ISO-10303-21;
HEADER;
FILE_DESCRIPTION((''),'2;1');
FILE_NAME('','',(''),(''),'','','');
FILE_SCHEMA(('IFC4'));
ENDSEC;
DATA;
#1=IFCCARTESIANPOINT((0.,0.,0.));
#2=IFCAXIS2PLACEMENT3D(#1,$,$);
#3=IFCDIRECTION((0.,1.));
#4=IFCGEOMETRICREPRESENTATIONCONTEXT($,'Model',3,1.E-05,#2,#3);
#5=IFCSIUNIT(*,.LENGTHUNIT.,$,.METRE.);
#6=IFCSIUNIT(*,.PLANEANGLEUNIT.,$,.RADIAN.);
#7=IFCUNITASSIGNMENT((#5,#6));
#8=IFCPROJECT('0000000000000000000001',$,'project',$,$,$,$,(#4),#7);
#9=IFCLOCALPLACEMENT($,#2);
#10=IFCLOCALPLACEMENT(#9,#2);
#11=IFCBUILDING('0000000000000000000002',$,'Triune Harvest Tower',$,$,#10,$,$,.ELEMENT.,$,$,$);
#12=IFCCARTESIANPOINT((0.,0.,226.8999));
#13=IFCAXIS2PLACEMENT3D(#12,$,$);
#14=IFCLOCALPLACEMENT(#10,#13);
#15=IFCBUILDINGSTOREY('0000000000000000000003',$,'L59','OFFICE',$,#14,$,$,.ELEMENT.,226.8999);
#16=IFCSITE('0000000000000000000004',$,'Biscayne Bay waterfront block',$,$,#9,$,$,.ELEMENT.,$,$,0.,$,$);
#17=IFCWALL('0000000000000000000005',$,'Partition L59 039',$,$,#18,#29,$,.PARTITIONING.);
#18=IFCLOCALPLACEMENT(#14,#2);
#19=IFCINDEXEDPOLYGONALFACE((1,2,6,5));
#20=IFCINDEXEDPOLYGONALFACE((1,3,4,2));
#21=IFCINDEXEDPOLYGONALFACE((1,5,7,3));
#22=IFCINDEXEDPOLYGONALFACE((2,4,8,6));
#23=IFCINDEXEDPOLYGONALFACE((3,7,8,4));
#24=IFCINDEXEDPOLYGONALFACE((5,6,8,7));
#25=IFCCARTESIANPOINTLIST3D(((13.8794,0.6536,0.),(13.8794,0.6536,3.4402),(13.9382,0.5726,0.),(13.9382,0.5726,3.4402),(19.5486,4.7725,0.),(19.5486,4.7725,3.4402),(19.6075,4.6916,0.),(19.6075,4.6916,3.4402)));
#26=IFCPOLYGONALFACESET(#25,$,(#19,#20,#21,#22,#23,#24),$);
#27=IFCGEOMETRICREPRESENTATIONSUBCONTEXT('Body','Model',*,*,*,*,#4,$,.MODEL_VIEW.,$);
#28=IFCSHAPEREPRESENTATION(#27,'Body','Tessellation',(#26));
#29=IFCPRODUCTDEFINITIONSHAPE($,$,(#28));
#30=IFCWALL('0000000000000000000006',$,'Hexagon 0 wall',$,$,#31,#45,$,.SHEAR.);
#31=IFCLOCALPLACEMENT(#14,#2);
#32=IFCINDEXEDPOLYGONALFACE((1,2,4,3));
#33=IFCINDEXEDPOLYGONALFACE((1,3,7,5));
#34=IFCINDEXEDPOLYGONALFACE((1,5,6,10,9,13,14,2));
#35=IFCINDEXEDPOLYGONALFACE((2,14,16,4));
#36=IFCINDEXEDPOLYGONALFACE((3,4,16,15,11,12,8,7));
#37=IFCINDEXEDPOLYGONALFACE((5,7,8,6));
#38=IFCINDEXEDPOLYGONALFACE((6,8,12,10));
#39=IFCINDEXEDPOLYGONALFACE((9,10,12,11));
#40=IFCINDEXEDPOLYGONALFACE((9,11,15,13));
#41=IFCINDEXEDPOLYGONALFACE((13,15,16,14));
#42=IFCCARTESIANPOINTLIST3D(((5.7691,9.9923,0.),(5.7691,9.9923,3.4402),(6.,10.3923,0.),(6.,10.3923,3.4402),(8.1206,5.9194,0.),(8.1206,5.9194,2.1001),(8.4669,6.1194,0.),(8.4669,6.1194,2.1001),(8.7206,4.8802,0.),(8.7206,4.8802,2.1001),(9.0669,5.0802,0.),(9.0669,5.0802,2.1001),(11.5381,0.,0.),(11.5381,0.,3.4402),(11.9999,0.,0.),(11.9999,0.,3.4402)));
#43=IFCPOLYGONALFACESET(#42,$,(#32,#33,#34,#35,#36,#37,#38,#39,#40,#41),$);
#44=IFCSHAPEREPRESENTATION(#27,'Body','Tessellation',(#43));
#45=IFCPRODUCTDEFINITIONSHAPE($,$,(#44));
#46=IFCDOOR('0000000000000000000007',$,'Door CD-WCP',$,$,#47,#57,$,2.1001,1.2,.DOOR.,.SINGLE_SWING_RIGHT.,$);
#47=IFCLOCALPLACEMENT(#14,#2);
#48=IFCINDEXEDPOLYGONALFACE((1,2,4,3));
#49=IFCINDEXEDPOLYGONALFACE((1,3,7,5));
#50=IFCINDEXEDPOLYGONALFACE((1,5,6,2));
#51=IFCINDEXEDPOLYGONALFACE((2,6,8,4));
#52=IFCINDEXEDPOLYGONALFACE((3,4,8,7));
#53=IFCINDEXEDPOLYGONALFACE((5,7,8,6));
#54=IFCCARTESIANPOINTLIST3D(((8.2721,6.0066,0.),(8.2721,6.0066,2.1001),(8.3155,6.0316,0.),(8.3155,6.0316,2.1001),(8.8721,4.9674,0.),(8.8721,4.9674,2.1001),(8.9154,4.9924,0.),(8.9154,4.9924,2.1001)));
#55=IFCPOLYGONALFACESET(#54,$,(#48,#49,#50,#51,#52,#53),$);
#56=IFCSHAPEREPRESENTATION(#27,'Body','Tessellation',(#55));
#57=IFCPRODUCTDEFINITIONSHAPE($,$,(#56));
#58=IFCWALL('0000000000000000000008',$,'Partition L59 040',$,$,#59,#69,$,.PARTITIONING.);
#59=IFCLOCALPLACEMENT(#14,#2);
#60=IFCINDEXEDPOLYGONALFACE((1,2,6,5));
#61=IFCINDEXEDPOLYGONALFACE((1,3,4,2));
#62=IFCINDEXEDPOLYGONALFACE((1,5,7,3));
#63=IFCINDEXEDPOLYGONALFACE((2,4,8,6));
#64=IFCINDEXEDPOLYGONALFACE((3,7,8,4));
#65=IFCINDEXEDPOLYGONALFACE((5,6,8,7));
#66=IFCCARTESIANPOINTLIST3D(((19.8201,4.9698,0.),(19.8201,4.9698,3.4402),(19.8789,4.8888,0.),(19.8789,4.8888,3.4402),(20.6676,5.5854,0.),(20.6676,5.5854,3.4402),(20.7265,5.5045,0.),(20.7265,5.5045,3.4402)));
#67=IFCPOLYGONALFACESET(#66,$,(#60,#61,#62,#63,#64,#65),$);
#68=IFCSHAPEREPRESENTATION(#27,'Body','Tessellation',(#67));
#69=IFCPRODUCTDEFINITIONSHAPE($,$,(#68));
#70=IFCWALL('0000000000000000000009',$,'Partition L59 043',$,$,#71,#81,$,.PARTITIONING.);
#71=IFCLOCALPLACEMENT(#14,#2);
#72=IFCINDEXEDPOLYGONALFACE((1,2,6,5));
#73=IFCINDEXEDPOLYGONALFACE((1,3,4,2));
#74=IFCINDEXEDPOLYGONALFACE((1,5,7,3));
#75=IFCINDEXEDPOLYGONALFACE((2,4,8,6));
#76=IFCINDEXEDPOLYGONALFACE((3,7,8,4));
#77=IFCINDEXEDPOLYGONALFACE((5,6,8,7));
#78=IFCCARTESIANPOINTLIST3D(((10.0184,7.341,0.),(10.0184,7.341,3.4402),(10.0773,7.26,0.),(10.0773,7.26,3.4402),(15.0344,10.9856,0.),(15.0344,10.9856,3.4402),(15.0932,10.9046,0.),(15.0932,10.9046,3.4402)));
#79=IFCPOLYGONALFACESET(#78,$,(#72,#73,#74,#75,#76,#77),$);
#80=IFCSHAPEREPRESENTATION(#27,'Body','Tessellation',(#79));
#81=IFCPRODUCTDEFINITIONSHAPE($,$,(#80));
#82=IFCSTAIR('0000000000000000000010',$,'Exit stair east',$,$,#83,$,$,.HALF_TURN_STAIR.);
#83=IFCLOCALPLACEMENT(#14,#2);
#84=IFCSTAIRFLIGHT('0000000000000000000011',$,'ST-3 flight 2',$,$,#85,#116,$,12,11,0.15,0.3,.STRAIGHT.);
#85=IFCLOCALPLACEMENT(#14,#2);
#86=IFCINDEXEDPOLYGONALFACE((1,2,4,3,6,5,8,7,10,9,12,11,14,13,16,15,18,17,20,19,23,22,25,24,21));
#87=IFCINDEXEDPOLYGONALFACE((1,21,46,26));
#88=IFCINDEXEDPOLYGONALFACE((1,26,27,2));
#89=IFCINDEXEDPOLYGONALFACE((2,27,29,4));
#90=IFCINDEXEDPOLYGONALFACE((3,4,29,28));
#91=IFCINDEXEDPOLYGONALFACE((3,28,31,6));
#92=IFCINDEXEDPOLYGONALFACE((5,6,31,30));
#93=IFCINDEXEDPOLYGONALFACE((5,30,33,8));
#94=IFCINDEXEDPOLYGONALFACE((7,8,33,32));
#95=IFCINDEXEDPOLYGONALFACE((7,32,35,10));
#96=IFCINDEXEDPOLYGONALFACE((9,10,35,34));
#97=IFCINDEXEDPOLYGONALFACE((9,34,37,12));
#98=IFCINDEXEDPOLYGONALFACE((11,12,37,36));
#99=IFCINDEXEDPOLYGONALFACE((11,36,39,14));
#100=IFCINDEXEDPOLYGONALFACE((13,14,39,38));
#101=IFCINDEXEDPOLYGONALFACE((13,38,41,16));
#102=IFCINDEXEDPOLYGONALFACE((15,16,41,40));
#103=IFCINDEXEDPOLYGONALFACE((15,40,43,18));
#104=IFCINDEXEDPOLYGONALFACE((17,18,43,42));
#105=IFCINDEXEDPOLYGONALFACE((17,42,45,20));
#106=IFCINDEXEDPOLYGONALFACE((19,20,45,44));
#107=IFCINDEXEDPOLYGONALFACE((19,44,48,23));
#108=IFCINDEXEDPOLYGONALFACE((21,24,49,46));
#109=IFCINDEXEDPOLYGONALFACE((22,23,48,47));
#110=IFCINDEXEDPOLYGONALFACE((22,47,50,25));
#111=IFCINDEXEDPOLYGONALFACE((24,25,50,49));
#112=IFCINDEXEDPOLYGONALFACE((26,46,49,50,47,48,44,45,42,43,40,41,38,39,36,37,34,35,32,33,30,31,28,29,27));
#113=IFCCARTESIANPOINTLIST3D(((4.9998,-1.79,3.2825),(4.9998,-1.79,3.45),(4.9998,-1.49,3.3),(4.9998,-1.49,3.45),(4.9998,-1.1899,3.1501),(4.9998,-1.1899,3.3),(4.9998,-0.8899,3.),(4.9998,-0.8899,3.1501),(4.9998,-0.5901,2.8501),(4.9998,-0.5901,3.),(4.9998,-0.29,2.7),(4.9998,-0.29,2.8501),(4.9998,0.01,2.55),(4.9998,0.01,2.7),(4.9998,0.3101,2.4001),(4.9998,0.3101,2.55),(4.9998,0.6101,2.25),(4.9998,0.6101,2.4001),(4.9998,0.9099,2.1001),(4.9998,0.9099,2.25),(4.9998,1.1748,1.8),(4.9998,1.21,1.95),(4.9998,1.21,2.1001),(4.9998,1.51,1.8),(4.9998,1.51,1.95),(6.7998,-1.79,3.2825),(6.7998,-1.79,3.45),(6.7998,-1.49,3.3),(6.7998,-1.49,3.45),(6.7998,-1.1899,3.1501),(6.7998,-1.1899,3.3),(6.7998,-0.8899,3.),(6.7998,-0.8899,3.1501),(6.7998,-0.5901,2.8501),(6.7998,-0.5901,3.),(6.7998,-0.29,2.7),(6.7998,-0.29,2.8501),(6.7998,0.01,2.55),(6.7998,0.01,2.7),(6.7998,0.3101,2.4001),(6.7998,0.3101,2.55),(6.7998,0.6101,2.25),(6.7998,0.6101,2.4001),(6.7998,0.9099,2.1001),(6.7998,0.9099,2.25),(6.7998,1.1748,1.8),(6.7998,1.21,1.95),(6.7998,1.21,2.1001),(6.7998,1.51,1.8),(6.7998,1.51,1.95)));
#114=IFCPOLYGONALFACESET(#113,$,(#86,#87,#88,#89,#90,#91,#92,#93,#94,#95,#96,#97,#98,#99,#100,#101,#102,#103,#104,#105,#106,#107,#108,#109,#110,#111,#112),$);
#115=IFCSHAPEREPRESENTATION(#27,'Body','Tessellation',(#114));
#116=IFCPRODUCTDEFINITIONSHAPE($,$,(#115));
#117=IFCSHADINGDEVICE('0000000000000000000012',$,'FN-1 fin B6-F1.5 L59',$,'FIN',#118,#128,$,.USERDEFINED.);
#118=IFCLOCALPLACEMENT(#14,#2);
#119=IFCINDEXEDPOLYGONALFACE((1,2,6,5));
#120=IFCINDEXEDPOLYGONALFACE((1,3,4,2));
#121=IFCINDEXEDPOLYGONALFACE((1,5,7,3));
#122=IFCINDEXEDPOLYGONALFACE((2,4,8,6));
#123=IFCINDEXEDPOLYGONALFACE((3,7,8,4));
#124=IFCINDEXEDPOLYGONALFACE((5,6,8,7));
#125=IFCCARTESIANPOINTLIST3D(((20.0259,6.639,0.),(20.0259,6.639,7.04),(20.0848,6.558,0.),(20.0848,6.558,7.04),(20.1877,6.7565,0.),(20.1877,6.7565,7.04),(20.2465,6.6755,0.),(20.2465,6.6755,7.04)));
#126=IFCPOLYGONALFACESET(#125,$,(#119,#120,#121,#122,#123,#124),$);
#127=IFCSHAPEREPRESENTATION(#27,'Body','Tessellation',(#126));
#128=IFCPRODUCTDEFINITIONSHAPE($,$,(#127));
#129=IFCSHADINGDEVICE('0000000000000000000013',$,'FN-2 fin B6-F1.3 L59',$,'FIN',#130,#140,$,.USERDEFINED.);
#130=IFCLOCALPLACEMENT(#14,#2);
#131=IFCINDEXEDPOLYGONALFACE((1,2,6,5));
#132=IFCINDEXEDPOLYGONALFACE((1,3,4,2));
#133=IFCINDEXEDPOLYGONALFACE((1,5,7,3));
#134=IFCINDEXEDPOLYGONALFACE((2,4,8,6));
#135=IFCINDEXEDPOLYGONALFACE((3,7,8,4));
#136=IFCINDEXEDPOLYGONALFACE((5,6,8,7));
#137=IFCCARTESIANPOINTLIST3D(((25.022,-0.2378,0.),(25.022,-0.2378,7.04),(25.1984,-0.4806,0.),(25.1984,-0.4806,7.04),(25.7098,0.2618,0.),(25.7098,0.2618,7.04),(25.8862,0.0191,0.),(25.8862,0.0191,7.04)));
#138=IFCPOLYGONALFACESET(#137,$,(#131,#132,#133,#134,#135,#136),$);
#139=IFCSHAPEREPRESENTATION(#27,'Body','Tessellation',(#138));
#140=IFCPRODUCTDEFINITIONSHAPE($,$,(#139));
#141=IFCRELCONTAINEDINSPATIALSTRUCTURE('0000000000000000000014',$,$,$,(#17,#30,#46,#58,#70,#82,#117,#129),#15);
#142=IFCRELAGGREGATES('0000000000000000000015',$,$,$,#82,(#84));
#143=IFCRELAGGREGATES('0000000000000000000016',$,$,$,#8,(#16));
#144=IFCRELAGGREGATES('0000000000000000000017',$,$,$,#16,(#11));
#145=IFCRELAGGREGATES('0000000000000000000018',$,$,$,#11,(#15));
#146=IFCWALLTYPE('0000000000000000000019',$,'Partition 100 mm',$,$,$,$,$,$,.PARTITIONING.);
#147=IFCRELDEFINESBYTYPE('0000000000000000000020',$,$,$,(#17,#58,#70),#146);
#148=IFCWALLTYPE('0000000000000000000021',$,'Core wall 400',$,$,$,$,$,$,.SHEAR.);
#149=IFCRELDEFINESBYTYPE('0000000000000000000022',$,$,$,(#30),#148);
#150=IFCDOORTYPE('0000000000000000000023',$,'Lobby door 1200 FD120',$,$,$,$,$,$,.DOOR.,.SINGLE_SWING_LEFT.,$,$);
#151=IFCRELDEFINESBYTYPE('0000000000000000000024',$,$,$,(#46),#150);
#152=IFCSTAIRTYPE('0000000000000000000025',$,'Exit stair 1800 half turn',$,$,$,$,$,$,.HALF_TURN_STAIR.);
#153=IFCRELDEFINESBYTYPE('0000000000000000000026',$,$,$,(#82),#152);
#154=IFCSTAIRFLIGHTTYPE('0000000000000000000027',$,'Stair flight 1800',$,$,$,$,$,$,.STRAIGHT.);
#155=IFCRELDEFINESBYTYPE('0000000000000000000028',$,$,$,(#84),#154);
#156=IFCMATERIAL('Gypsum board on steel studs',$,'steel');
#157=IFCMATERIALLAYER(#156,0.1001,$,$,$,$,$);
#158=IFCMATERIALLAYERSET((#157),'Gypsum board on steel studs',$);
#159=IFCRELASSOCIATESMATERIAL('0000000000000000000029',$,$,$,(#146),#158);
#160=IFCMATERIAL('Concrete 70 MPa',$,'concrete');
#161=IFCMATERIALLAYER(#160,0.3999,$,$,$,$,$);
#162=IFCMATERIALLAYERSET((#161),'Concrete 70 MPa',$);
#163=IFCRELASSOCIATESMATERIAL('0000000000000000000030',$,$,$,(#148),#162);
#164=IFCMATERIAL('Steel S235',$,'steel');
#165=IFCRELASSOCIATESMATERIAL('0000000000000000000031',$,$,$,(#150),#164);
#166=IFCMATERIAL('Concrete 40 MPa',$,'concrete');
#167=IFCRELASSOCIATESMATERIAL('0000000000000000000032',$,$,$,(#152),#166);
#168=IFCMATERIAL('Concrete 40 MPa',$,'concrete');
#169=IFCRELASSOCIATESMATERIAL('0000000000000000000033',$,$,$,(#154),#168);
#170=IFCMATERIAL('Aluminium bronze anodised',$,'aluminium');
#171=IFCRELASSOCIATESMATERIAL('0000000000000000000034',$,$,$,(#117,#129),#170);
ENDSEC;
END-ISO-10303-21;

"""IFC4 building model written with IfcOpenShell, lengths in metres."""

from ifc_helpers import new_model, si_unit, direction, frame, frame_2d, origin, origin_2d, place, context, subcontext, project, spatial, polyline, rectangle, outline, extrude, source, transform, mapped, material, layer, layer_set, type_object, element, fill, aggregate, save


model = new_model("IFC4")

# Units and contexts
model_context = context("Model", 3, precision=1e-05, world=origin(), true_north=direction((0.0, 1.0)))
body_context = subcontext(model_context, "Body", "Model", "MODEL_VIEW")
ifc_project = project(units=[si_unit("LENGTHUNIT", "METRE"), si_unit("PLANEANGLEUNIT", "RADIAN")], contexts=[model_context])

# Site, building, storey
site_placement = place(None, origin())
site = spatial("IfcSite", under=ifc_project, at=site_placement, Name="Biscayne Bay waterfront block", CompositionType="ELEMENT", RefElevation=0.0)
building_placement = place(site_placement, origin())
building = spatial("IfcBuilding", under=site, at=building_placement, Name="Triune Harvest Tower", CompositionType="ELEMENT")
storey_placement = place(building_placement, frame((0.0, 0.0, 226.8999)))
storey = spatial("IfcBuildingStorey", under=building, at=storey_placement, Name="L59", Description="OFFICE", CompositionType="ELEMENT", Elevation=226.8999)

# Wall
ifc_material_1 = material(Name="Gypsum board on steel studs", Category="steel")
ifc_layer_1 = layer(ifc_material_1, 0.1001)
ifc_layer_set_1 = layer_set([ifc_layer_1], Name="Gypsum board on steel studs")
wall_type_1 = type_object("IfcWallType", Name="Partition 100 mm", PredefinedType="PARTITIONING", material=ifc_layer_set_1)
wall_1_placement = place(storey_placement, frame((13.9087, 0.613, 0.0), z_axis=(0.0, 0.0, 1.0), x_axis=(0.809018, 0.587784, 0.0)))
element("IfcWall", 1, at=wall_1_placement, inside=storey, type_object=wall_type_1, Name="Partition L59 039", PredefinedType="PARTITIONING", context=body_context, shape_type="SweptSolid", body=[
    extrude(rectangle(XDim=7.0076, YDim=0.1001, at=frame_2d((3.5039, 0.0))), origin(), (0.0, 0.0, 1.0), 3.4402),
])

# Wall, opening, door
ifc_material_2 = material(Name="Concrete 70 MPa", Category="concrete")
ifc_layer_2 = layer(ifc_material_2, 0.3999)
ifc_layer_set_2 = layer_set([ifc_layer_2], Name="Concrete 70 MPa")
wall_type_2 = type_object("IfcWallType", Name="Core wall 400", PredefinedType="SHEAR", material=ifc_layer_set_2)
shared_shape_1 = source(origin(), body_context, "Body", "SweptSolid", [
    extrude(outline(polyline([(-0.1155, -0.2), (11.8845, -0.2), (11.6536, 0.2), (0.1155, 0.2), (-0.1155, -0.2)])), origin(), (0.0, 0.0, 1.0), 3.4402),
])
wall_2_placement = place(storey_placement, frame((11.769, 0.0, 0.0), z_axis=(0.0, 0.0, 1.0), x_axis=(-0.499997, 0.866027, 0.0)))
wall_2 = element("IfcWall", 2, at=wall_2_placement, inside=storey, type_object=wall_type_2, Name="Hexagon 0 wall", PredefinedType="SHEAR", context=body_context, shape_type="MappedRepresentation", body=[
    mapped(shared_shape_1, transform((0.0, 0.0, 0.0), scale=1.0)),
])
opening_1_placement = place(wall_2_placement, frame((5.7505, 0.0, 0.0)))
opening_1 = element("IfcOpeningElement", 3, at=opening_1_placement, cuts=wall_2, PredefinedType="OPENING", context=body_context, shape_type="SweptSolid", body=[
    extrude(rectangle(XDim=1.2, YDim=2.1001, at=frame_2d((0.6001, 1.05))), frame((0.0, 0.21, 0.0), z_axis=(0.0, -1.0, 0.0), x_axis=(1.0, 0.0, 0.0)), (0.0, 0.0, 1.0), 0.4199),
])
ifc_material_3 = material(Name="Steel S235", Category="steel")
door_type_1 = type_object("IfcDoorType", Name="Lobby door 1200 FD120", OperationType="SINGLE_SWING_LEFT", PredefinedType="DOOR", material=ifc_material_3)
door_1_placement = place(opening_1_placement, frame((1.2, 0.0, 0.0), z_axis=(0.0, 0.0, 1.0), x_axis=(-1.0, 0.0, 0.0)))
door_1 = element("IfcDoor", 4, at=door_1_placement, inside=storey, type_object=door_type_1, Name="Door CD-WCP", OperationType="SINGLE_SWING_RIGHT", OverallHeight=2.1001, OverallWidth=1.2, PredefinedType="DOOR", context=body_context, shape_type="SweptSolid", body=[
    extrude(rectangle(XDim=1.2, YDim=2.1001, at=frame_2d((0.6001, 1.05))), frame((0.0, 0.0249, 0.0), z_axis=(0.0, -1.0, 0.0), x_axis=(1.0, 0.0, 0.0)), (0.0, 0.0, 1.0), 0.05),
])
fill(opening_1, door_1)

# Walls
shared_shape_2 = source(origin(), body_context, "Body", "SweptSolid", [
    extrude(rectangle(XDim=1.0476, YDim=0.1001, at=frame_2d((0.5239, 0.0))), origin(), (0.0, 0.0, 1.0), 3.4402),
])
wall_3_placement = place(storey_placement, frame((19.8494, 4.9292, 0.0), z_axis=(0.0, 0.0, 1.0), x_axis=(0.809079, 0.587701, 0.0)))
element("IfcWall", 5, at=wall_3_placement, inside=storey, type_object=wall_type_1, Name="Partition L59 040", PredefinedType="PARTITIONING", context=body_context, shape_type="MappedRepresentation", body=[
    mapped(shared_shape_2, transform((0.0, 0.0, 0.0), scale=1.0)),
])
shared_shape_3 = source(origin(), body_context, "Body", "SweptSolid", [
    extrude(rectangle(XDim=6.2002, YDim=0.1001, at=frame_2d((3.1001, 0.0))), origin(), (0.0, 0.0, 1.0), 3.4402),
])
wall_4_placement = place(storey_placement, frame((10.0479, 7.3005, 0.0), z_axis=(0.0, 0.0, 1.0), x_axis=(0.808995, 0.587816, 0.0)))
element("IfcWall", 6, at=wall_4_placement, inside=storey, type_object=wall_type_1, Name="Partition L59 043", PredefinedType="PARTITIONING", context=body_context, shape_type="MappedRepresentation", body=[
    mapped(shared_shape_3, transform((0.0, 0.0, 0.0), scale=1.0)),
])

# Stair, stair flight
ifc_material_4 = material(Name="Concrete 40 MPa", Category="concrete")
stair_type = type_object("IfcStairType", Name="Exit stair 1800 half turn", PredefinedType="HALF_TURN_STAIR", material=ifc_material_4)
stair_placement = place(storey_placement, origin())
stair = element("IfcStair", 7, at=stair_placement, inside=storey, type_object=stair_type, Name="Exit stair east", PredefinedType="HALF_TURN_STAIR")
ifc_material_5 = material(Name="Concrete 40 MPa", Category="concrete")
stair_flight_type = type_object("IfcStairFlightType", Name="Stair flight 1800", PredefinedType="STRAIGHT", material=ifc_material_5)
shared_shape_4 = source(origin(), body_context, "Body", "SweptSolid", [
    extrude(outline(polyline([(0.0, 0.0), (0.0, 0.1499), (0.3, 0.1499), (0.3, 0.3), (0.6001, 0.3), (0.6001, 0.45), (0.8999, 0.45), (0.8999, 0.6001), (1.2, 0.6001), (1.2, 0.75), (1.5, 0.75), (1.5, 0.8999), (1.8, 0.8999), (1.8, 1.05), (2.1001, 1.05), (2.1001, 1.2), (2.3999, 1.2), (2.3999, 1.3501), (2.7, 1.3501), (2.7, 1.5), (3.0, 1.5), (3.0, 1.6499), (3.3, 1.6499), (3.3, 1.8), (3.3, 1.4824), (0.3352, 0.0), (0.0, 0.0)])), frame((0.0, 0.8999, 0.0), z_axis=(0.0, -1.0, 0.0), x_axis=(1.0, 0.0, 0.0)), (0.0, 0.0, 1.0), 1.8),
])
stair_flight_placement = place(storey_placement, frame((5.8999, 1.51, 1.8), z_axis=(0.0, 0.0, 1.0), x_axis=(0.0, -1.0, 0.0)))
stair_flight = element("IfcStairFlight", 8, at=stair_flight_placement, type_object=stair_flight_type, Name="ST-3 flight 2", NumberOfRisers=12, NumberOfTreads=11, PredefinedType="STRAIGHT", RiserHeight=0.15, TreadLength=0.3, context=body_context, shape_type="MappedRepresentation", body=[
    mapped(shared_shape_4, transform((0.0, 0.0, 0.0), scale=1.0)),
])
aggregate(stair, [stair_flight])

# Shading devices
ifc_material_6 = material(Name="Aluminium bronze anodised", Category="aluminium")
shared_shape_5 = source(origin(), body_context, "Body", "SweptSolid", [
    extrude(rectangle(XDim=0.1001, YDim=0.2, at=origin_2d()), origin(), (0.0, 0.0, 1.0), 7.04),
])
shading_device_1_placement = place(storey_placement, frame((20.1362, 6.6572, 0.0), z_axis=(0.0, 0.0, 1.0), x_axis=(-0.587786, 0.809017, 0.0)))
element("IfcShadingDevice", 9, at=shading_device_1_placement, inside=storey, material=ifc_material_6, Name="FN-1 fin B6-F1.5 L59", ObjectType="FIN", PredefinedType="USERDEFINED", context=body_context, shape_type="MappedRepresentation", body=[
    mapped(shared_shape_5, transform((0.0, 0.0, 0.0), scale=1.0)),
])
shared_shape_6 = source(origin(), body_context, "Body", "SweptSolid", [
    extrude(rectangle(XDim=0.3, YDim=0.8501, at=origin_2d()), origin(), (0.0, 0.0, 1.0), 7.04),
])
shading_device_2_placement = place(storey_placement, frame((25.4541, -0.1094, 0.0), z_axis=(0.0, 0.0, 1.0), x_axis=(-0.587786, 0.809017, 0.0)))
element("IfcShadingDevice", 10, at=shading_device_2_placement, inside=storey, material=ifc_material_6, Name="FN-2 fin B6-F1.3 L59", ObjectType="FIN", PredefinedType="USERDEFINED", context=body_context, shape_type="MappedRepresentation", body=[
    mapped(shared_shape_6, transform((0.0, 0.0, 0.0), scale=1.0)),
])

save(model, "model.ifc")
